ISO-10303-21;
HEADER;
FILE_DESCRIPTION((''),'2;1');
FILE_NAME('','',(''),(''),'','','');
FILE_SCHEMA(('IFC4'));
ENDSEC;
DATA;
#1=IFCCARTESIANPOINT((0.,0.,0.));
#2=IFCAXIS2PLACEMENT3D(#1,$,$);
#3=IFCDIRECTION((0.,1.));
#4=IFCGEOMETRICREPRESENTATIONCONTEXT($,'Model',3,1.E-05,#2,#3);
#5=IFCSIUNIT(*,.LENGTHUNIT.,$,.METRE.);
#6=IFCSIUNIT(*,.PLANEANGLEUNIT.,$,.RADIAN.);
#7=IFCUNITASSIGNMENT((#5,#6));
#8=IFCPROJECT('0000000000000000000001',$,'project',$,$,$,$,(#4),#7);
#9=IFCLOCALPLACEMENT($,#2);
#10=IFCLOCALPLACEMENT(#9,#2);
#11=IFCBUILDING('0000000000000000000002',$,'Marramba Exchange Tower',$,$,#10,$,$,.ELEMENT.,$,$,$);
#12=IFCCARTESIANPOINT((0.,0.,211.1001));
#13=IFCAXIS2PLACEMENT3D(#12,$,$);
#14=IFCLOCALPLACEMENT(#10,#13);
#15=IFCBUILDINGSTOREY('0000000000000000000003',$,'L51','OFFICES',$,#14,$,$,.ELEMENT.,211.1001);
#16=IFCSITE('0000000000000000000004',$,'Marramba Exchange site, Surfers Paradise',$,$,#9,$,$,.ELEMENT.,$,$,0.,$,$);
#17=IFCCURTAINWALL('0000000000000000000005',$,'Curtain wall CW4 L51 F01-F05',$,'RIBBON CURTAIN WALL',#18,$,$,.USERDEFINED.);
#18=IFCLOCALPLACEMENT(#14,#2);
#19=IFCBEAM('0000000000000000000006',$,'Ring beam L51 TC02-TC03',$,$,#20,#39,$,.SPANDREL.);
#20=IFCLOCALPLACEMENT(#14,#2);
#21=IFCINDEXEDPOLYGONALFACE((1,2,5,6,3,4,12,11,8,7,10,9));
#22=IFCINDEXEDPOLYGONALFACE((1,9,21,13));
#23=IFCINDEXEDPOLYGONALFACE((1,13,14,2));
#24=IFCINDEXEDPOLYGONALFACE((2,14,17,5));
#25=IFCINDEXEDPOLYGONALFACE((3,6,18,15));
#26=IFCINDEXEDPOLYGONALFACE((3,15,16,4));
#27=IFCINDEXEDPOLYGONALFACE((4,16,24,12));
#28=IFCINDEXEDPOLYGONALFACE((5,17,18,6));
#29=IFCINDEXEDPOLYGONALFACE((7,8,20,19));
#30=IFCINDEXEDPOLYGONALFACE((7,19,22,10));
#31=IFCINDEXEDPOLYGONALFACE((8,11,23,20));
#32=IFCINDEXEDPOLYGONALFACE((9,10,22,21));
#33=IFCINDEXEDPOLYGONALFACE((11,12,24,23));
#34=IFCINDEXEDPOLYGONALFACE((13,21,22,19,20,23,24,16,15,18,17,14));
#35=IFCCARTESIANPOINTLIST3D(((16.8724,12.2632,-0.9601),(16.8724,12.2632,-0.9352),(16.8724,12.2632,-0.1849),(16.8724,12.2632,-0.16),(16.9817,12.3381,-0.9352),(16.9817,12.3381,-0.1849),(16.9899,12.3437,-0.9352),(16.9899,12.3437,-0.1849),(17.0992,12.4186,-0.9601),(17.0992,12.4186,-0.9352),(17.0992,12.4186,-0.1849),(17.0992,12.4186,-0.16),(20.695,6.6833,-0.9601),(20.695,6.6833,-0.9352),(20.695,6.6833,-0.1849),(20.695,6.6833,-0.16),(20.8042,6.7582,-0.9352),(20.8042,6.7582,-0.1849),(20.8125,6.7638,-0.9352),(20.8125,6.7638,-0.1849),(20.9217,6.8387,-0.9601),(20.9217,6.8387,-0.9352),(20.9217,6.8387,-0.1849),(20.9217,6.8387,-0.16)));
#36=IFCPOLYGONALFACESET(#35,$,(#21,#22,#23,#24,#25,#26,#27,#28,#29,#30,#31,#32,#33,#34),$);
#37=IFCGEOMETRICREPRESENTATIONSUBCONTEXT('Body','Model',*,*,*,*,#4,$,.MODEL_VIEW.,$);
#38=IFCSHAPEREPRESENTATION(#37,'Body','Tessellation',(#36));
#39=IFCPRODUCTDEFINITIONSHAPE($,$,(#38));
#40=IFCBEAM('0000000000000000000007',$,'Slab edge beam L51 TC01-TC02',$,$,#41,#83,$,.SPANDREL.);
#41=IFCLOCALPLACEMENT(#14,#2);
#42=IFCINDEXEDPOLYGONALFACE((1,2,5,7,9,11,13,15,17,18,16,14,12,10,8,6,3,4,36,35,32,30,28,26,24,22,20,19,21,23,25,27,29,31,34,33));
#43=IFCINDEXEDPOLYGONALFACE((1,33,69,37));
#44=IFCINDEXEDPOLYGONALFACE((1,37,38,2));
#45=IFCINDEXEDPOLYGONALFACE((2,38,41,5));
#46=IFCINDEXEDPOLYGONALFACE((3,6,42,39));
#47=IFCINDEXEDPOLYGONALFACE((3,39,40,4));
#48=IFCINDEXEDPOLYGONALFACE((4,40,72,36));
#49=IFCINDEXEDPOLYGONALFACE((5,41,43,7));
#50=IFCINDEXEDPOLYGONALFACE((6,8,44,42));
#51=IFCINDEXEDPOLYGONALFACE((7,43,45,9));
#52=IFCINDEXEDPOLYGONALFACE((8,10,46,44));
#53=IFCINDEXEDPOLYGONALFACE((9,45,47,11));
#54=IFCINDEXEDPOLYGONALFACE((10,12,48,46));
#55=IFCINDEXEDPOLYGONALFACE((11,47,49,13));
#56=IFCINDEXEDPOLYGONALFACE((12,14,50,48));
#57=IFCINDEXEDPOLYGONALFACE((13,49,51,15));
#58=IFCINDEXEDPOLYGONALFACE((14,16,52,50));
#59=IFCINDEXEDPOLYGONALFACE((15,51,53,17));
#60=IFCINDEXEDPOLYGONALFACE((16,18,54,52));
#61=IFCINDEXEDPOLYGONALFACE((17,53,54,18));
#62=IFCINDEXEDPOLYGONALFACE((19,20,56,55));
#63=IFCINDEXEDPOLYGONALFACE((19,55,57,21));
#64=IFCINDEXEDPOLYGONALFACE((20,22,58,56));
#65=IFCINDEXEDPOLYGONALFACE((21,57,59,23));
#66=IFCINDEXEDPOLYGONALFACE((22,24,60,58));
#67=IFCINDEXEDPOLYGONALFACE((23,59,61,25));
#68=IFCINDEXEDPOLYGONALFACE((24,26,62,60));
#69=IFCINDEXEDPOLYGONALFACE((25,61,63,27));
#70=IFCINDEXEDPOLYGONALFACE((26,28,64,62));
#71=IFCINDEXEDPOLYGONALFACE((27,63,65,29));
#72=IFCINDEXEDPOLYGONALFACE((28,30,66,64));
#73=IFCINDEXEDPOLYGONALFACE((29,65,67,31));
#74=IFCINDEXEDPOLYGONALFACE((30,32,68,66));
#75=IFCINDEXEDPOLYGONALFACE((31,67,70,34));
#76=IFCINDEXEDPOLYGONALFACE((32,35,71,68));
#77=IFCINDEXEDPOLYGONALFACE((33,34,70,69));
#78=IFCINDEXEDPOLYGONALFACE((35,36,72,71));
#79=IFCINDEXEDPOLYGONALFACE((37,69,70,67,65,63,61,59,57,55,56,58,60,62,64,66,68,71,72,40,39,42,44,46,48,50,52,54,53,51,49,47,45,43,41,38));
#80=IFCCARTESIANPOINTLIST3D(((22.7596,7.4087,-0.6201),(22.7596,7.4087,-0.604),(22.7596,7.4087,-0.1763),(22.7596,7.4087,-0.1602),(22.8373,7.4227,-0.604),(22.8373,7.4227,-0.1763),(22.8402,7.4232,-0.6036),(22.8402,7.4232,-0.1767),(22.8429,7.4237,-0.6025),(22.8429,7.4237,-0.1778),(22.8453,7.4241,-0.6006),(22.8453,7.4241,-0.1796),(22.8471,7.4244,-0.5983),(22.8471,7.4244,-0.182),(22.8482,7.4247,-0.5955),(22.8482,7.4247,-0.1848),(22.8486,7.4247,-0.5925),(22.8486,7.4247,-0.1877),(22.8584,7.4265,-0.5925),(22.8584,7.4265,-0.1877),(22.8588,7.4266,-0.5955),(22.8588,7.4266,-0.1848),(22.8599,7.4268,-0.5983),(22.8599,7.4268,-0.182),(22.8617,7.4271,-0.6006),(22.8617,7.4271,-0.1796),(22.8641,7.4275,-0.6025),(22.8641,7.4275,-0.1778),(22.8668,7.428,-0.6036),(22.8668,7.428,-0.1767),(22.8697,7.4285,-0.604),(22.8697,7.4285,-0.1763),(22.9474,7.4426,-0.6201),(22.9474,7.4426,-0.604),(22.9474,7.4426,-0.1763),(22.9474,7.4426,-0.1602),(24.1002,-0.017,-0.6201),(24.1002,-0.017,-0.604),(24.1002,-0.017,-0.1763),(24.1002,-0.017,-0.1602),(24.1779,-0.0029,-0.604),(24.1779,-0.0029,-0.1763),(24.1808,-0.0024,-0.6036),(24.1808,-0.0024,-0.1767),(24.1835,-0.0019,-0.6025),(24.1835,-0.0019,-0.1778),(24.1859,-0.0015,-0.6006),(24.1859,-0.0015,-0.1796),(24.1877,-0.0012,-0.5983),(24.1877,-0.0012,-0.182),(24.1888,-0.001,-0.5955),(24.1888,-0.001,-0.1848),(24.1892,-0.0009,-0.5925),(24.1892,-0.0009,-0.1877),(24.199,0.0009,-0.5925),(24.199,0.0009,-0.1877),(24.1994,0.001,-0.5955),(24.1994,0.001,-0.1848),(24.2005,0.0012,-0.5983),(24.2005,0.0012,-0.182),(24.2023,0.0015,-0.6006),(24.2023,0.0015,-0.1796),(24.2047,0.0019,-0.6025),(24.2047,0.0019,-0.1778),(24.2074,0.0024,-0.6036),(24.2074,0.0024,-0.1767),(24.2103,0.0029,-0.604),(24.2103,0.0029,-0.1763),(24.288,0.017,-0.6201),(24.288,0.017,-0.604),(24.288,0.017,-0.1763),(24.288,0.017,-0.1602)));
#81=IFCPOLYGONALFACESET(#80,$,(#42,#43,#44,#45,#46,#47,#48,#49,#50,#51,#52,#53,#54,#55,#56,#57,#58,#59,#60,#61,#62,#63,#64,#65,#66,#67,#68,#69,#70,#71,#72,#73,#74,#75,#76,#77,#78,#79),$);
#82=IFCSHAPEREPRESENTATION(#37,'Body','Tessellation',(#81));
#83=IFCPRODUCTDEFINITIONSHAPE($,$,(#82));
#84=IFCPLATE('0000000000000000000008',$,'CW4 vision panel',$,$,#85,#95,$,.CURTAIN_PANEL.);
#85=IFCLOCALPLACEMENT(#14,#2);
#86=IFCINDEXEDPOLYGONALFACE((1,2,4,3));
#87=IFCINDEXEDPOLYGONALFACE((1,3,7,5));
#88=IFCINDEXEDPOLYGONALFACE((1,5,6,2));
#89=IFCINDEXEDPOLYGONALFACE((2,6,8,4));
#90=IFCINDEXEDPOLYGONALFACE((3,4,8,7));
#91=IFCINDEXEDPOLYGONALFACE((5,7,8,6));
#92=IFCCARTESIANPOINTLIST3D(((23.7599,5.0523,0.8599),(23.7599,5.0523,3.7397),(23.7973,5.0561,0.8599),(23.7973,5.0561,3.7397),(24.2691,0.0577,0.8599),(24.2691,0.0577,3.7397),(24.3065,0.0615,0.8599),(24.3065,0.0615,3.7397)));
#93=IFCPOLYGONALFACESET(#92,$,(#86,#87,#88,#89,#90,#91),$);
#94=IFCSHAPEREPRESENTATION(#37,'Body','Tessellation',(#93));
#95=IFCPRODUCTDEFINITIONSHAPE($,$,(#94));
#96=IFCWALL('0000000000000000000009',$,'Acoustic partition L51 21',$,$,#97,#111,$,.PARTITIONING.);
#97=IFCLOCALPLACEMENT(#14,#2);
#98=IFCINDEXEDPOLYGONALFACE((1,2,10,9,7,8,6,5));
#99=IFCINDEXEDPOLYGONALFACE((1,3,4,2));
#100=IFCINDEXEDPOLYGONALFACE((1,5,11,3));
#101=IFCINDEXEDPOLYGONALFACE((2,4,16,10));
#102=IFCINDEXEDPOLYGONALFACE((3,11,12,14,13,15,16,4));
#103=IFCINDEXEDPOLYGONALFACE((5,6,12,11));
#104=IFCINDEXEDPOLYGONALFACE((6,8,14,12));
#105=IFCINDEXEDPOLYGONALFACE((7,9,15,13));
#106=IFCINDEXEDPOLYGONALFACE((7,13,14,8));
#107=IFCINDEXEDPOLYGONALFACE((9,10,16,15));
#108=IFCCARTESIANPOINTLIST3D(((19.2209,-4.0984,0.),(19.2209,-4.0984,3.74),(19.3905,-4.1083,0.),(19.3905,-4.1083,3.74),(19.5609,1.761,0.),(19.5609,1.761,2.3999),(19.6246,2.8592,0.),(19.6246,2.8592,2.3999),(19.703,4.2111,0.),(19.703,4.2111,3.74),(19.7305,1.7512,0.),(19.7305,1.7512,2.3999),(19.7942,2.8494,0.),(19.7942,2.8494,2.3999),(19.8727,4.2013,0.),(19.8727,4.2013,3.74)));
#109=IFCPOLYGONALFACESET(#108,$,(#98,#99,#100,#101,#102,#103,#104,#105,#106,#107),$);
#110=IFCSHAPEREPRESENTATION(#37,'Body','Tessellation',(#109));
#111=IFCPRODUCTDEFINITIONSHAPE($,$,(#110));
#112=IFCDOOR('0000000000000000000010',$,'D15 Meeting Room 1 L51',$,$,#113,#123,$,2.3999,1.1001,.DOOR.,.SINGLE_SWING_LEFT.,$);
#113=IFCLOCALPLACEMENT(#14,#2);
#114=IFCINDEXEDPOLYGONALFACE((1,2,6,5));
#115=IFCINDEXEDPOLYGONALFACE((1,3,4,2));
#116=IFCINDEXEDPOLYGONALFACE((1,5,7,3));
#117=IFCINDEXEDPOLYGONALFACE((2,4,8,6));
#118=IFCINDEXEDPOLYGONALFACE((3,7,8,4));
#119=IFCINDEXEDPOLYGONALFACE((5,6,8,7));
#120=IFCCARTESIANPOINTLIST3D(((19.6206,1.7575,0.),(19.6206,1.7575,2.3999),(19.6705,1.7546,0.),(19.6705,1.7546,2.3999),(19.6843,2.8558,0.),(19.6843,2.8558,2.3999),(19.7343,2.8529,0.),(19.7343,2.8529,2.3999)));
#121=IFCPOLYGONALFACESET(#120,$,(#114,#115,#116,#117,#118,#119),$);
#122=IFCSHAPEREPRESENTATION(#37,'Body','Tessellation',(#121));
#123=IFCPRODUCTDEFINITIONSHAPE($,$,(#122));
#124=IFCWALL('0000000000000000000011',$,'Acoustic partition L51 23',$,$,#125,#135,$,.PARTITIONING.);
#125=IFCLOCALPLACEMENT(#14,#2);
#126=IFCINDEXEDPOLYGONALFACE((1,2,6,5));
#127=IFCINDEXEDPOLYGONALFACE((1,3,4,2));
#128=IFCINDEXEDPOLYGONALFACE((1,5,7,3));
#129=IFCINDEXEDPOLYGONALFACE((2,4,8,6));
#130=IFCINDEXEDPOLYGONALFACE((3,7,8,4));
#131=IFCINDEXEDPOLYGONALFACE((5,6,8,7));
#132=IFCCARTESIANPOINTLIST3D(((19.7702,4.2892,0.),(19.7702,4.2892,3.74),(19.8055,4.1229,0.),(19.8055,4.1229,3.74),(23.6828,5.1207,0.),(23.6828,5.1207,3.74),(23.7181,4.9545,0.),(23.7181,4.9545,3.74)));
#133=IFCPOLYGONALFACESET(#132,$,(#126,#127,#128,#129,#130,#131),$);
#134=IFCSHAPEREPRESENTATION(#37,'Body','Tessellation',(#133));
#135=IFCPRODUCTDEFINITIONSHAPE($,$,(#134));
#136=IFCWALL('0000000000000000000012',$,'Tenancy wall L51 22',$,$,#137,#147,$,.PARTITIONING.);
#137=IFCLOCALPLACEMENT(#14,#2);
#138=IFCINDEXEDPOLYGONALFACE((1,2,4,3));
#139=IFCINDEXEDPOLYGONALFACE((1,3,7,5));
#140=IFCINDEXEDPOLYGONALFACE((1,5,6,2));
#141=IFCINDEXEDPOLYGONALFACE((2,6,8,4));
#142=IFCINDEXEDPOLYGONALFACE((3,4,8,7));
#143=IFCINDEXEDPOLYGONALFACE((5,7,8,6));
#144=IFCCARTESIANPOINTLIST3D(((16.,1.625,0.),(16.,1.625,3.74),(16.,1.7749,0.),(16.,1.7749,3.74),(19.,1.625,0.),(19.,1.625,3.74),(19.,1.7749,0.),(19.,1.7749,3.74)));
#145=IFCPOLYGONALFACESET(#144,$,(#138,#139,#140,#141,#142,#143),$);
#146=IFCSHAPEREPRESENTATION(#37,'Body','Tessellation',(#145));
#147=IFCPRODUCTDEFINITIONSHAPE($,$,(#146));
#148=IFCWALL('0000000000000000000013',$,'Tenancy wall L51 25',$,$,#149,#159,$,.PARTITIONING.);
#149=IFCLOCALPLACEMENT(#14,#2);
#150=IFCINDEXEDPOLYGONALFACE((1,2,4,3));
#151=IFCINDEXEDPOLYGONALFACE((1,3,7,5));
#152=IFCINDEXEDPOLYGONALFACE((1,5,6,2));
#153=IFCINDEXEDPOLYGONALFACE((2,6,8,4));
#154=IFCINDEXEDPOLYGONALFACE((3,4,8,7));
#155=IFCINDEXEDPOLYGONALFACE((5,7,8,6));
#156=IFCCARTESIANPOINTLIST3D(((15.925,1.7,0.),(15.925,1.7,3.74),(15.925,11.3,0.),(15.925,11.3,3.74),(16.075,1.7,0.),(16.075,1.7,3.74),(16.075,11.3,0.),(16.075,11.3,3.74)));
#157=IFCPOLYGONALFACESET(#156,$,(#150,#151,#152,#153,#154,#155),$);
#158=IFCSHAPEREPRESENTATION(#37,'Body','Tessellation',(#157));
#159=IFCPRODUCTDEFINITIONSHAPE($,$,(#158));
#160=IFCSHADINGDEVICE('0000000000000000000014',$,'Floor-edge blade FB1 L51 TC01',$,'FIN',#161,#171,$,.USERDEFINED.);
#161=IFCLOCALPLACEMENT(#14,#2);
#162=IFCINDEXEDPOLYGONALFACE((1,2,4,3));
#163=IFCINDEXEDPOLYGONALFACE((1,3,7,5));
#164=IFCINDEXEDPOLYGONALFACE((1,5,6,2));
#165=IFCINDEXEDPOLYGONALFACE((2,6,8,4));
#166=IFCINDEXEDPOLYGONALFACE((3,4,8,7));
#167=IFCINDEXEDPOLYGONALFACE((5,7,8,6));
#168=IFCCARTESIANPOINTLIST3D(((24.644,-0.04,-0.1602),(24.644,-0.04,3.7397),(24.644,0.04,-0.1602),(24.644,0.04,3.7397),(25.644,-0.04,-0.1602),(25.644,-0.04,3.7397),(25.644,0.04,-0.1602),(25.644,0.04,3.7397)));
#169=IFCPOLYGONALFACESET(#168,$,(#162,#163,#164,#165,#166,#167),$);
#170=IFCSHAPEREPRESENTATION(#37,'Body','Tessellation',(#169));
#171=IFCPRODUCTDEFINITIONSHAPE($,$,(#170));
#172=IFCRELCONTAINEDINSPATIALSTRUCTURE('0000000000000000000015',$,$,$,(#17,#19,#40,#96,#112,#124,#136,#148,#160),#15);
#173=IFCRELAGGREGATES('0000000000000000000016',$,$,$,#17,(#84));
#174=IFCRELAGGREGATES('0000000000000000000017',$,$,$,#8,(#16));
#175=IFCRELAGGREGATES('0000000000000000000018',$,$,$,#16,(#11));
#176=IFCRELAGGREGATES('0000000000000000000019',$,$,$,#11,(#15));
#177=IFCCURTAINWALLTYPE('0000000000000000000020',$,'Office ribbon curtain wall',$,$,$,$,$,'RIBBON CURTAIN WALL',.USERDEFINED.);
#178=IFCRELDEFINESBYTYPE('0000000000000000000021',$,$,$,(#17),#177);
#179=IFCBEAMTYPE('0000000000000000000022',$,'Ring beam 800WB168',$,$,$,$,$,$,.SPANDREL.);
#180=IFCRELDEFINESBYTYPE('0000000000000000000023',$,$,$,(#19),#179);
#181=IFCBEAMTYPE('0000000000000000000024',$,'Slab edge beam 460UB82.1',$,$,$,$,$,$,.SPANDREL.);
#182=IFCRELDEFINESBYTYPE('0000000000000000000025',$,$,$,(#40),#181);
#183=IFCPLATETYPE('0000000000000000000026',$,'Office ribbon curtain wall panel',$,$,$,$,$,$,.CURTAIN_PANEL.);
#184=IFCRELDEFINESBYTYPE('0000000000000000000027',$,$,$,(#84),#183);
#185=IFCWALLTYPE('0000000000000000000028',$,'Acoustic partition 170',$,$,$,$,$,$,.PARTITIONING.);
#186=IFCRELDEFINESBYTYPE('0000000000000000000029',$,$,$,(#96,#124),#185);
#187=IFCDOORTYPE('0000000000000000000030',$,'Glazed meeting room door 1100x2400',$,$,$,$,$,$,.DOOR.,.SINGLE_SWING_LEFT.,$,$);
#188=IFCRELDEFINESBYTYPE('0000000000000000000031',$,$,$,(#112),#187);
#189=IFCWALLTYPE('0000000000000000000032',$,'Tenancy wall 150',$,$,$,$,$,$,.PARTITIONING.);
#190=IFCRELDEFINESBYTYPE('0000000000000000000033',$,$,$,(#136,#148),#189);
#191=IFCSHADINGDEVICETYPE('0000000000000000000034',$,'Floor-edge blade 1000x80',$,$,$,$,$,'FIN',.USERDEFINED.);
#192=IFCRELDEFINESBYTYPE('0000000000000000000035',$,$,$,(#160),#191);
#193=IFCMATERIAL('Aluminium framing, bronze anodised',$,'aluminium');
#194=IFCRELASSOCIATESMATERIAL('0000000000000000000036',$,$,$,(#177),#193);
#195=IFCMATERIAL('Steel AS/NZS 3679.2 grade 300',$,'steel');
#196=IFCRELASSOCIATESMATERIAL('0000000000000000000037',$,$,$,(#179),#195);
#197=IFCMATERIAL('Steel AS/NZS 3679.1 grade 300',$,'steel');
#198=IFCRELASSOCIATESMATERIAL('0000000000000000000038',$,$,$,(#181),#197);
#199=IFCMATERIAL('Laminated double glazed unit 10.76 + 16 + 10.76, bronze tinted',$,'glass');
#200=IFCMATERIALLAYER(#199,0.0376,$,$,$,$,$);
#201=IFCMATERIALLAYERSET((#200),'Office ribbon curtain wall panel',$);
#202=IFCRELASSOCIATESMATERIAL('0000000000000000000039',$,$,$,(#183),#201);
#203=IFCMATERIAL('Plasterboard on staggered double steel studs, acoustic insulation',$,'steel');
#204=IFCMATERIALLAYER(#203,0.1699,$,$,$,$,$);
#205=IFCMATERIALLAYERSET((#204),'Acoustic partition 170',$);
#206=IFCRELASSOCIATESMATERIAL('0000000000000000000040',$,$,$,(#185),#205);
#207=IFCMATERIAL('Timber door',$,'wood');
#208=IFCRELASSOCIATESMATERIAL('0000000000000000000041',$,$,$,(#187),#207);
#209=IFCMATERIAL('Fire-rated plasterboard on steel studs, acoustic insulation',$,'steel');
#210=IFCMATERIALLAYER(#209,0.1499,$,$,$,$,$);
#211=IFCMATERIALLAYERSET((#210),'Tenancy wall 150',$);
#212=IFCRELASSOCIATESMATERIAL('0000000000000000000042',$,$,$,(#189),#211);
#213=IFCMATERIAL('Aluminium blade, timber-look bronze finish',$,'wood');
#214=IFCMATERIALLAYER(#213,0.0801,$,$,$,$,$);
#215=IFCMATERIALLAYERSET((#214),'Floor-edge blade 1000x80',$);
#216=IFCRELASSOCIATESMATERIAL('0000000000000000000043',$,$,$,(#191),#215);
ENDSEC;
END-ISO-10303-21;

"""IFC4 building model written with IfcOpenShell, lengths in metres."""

from ifc_helpers import new_model, si_unit, direction, frame, frame_2d, origin, origin_2d, place, context, subcontext, project, spatial, rectangle, i_section, extrude, material, layer, layer_set, material_profile, profile_set, type_object, element, fill, aggregate, save


model = new_model("IFC4")

# Units and contexts
model_context = context("Model", 3, precision=1e-05, world=origin(), true_north=direction((0.0, 1.0)))
body_context = subcontext(model_context, "Body", "Model", "MODEL_VIEW")
ifc_project = project(units=[si_unit("LENGTHUNIT", "METRE"), si_unit("PLANEANGLEUNIT", "RADIAN")], contexts=[model_context])

# Site, building, storey
site_placement = place(None, origin())
site = spatial("IfcSite", under=ifc_project, at=site_placement, Name="Marramba Exchange site, Surfers Paradise", CompositionType="ELEMENT", RefElevation=0.0)
building_placement = place(site_placement, origin())
building = spatial("IfcBuilding", under=site, at=building_placement, Name="Marramba Exchange Tower", CompositionType="ELEMENT")
storey_placement = place(building_placement, frame((0.0, 0.0, 211.1001)))
storey = spatial("IfcBuildingStorey", under=building, at=storey_placement, Name="L51", Description="OFFICES", CompositionType="ELEMENT", Elevation=211.1001)

# Shared definitions
ifc_material_1 = material(Name="Steel AS/NZS 3679.2 grade 300", Category="steel")
ifc_material_2 = material(Name="Steel AS/NZS 3679.1 grade 300", Category="steel")

# Curtain wall
ifc_material_3 = material(Name="Aluminium framing, bronze anodised", Category="aluminium")
curtain_wall_type = type_object("IfcCurtainWallType", Name="Office ribbon curtain wall", ElementType="RIBBON CURTAIN WALL", PredefinedType="USERDEFINED", material=ifc_material_3)
curtain_wall_placement = place(storey_placement, origin())
curtain_wall = element("IfcCurtainWall", 1, at=curtain_wall_placement, inside=storey, type_object=curtain_wall_type, Name="Curtain wall CW4 L51 F01-F05", ObjectType="RIBBON CURTAIN WALL", PredefinedType="USERDEFINED")

# Beams
ifc_material_profile_1 = material_profile(ifc_material_1, i_section(OverallWidth=0.2749, OverallDepth=0.8, WebThickness=0.01, FlangeThickness=0.0249, at=origin_2d()), Name="800WB168")
ifc_profile_set_1 = profile_set([ifc_material_profile_1], Name="Steel AS/NZS 3679.2 grade 300")
beam_type_1 = type_object("IfcBeamType", Name="Ring beam 800WB168", PredefinedType="SPANDREL", material=ifc_profile_set_1)
beam_1_placement = place(storey_placement, frame((20.8083, 6.761, -0.5601), z_axis=(-0.56516, 0.824981, 0.0), x_axis=(-0.824981, -0.56516, 0.0)))
element("IfcBeam", 2, at=beam_1_placement, inside=storey, type_object=beam_type_1, Name="Ring beam L51 TC02-TC03", PredefinedType="SPANDREL", context=body_context, shape_type="SweptSolid", body=[
    extrude(i_section(OverallWidth=0.2749, OverallDepth=0.8, WebThickness=0.01, FlangeThickness=0.0249, at=origin_2d()), origin(), (0.0, 0.0, 1.0), 6.7637),
])
ifc_material_profile_2 = material_profile(ifc_material_2, i_section(OverallWidth=0.1909, OverallDepth=0.46, WebThickness=0.01, FlangeThickness=0.0161, FilletRadius=0.0115, at=origin_2d()), Name="460UB82.1")
ifc_profile_set_2 = profile_set([ifc_material_profile_2], Name="Steel AS/NZS 3679.1 grade 300")
beam_type_2 = type_object("IfcBeamType", Name="Slab edge beam 460UB82.1", PredefinedType="SPANDREL", material=ifc_profile_set_2)
beam_2_placement = place(storey_placement, frame((24.1941, 0.0, -0.3901), z_axis=(-0.177664, 0.984091, 0.0), x_axis=(-0.984091, -0.177664, 0.0)))
element("IfcBeam", 3, at=beam_2_placement, inside=storey, type_object=beam_type_2, Name="Slab edge beam L51 TC01-TC02", PredefinedType="SPANDREL", context=body_context, shape_type="SweptSolid", body=[
    extrude(i_section(OverallWidth=0.1909, OverallDepth=0.46, WebThickness=0.01, FlangeThickness=0.0161, FilletRadius=0.0115, at=origin_2d()), origin(), (0.0, 0.0, 1.0), 7.5457),
])

# Plate
ifc_material_4 = material(Name="Laminated double glazed unit 10.76 + 16 + 10.76, bronze tinted", Category="glass")
ifc_layer_1 = layer(ifc_material_4, 0.0376)
ifc_layer_set_1 = layer_set([ifc_layer_1], Name="Office ribbon curtain wall panel")
plate_type = type_object("IfcPlateType", Name="Office ribbon curtain wall panel", PredefinedType="CURTAIN_PANEL", material=ifc_layer_set_1)
plate_placement = place(storey_placement, frame((24.0332, 2.5569, 0.8599), z_axis=(0.0, 0.0, 1.0), x_axis=(-0.101422, 0.994843, 0.0)))
plate = element("IfcPlate", 4, at=plate_placement, type_object=plate_type, Name="CW4 vision panel", PredefinedType="CURTAIN_PANEL", context=body_context, shape_type="SweptSolid", body=[
    extrude(rectangle(XDim=5.0205, YDim=0.0376, at=origin_2d()), origin(), (0.0, 0.0, 1.0), 2.8799),
])
aggregate(curtain_wall, [plate])

# Wall, opening, door
ifc_material_5 = material(Name="Plasterboard on staggered double steel studs, acoustic insulation", Category="steel")
ifc_layer_2 = layer(ifc_material_5, 0.1699)
ifc_layer_set_2 = layer_set([ifc_layer_2], Name="Acoustic partition 170")
wall_type_1 = type_object("IfcWallType", Name="Acoustic partition 170", PredefinedType="PARTITIONING", material=ifc_layer_set_2)
wall_1_placement = place(storey_placement, frame((19.7878, 4.2061, 0.0), z_axis=(0.0, 0.0, 1.0), x_axis=(-0.057929, -0.998321, 0.0)))
wall_1 = element("IfcWall", 5, at=wall_1_placement, inside=storey, type_object=wall_type_1, Name="Acoustic partition L51 21", PredefinedType="PARTITIONING", context=body_context, shape_type="SweptSolid", body=[
    extrude(rectangle(XDim=8.3235, YDim=0.1699, at=frame_2d((4.1616, 0.0))), origin(), (0.0, 0.0, 1.0), 3.74),
])
opening_placement = place(wall_1_placement, frame((1.354, 0.0, 0.0)))
opening = element("IfcOpeningElement", 6, at=opening_placement, cuts=wall_1, PredefinedType="OPENING", context=body_context, shape_type="SweptSolid", body=[
    extrude(rectangle(XDim=1.1001, YDim=2.3999, at=frame_2d((0.55, 1.2))), frame((0.0, 0.095, 0.0), z_axis=(0.0, -1.0, 0.0), x_axis=(1.0, 0.0, 0.0)), (0.0, 0.0, 1.0), 0.1899),
])
ifc_material_6 = material(Name="Timber door", Category="wood")
door_type = type_object("IfcDoorType", Name="Glazed meeting room door 1100x2400", OperationType="SINGLE_SWING_LEFT", PredefinedType="DOOR", material=ifc_material_6)
door_placement = place(opening_placement, origin())
door = element("IfcDoor", 7, at=door_placement, inside=storey, type_object=door_type, Name="D15 Meeting Room 1 L51", OperationType="SINGLE_SWING_LEFT", OverallHeight=2.3999, OverallWidth=1.1001, PredefinedType="DOOR", context=body_context, shape_type="SweptSolid", body=[
    extrude(rectangle(XDim=1.1001, YDim=2.3999, at=frame_2d((0.55, 1.2))), frame((0.0, 0.0249, 0.0), z_axis=(0.0, -1.0, 0.0), x_axis=(1.0, 0.0, 0.0)), (0.0, 0.0, 1.0), 0.05),
])
fill(opening, door)

# Walls
wall_2_placement = place(storey_placement, frame((23.7004, 5.0376, 0.0), z_axis=(0.0, 0.0, 1.0), x_axis=(-0.978153, -0.207886, 0.0)))
element("IfcWall", 8, at=wall_2_placement, inside=storey, type_object=wall_type_1, Name="Acoustic partition L51 23", PredefinedType="PARTITIONING", context=body_context, shape_type="SweptSolid", body=[
    extrude(rectangle(XDim=4.0, YDim=0.1699, at=frame_2d((2.0, 0.0))), origin(), (0.0, 0.0, 1.0), 3.74),
])
ifc_material_7 = material(Name="Fire-rated plasterboard on steel studs, acoustic insulation", Category="steel")
ifc_layer_3 = layer(ifc_material_7, 0.1499)
ifc_layer_set_3 = layer_set([ifc_layer_3], Name="Tenancy wall 150")
wall_type_2 = type_object("IfcWallType", Name="Tenancy wall 150", PredefinedType="PARTITIONING", material=ifc_layer_set_3)
wall_3_placement = place(storey_placement, frame((19.0, 1.7, 0.0), z_axis=(0.0, 0.0, 1.0), x_axis=(-1.0, 0.0, 0.0)))
element("IfcWall", 9, at=wall_3_placement, inside=storey, type_object=wall_type_2, Name="Tenancy wall L51 22", PredefinedType="PARTITIONING", context=body_context, shape_type="SweptSolid", body=[
    extrude(rectangle(XDim=3.0, YDim=0.1499, at=frame_2d((1.5, 0.0))), origin(), (0.0, 0.0, 1.0), 3.74),
])
wall_4_placement = place(storey_placement, frame((16.0, 1.7, 0.0), z_axis=(0.0, 0.0, 1.0), x_axis=(0.0, 1.0, 0.0)))
element("IfcWall", 10, at=wall_4_placement, inside=storey, type_object=wall_type_2, Name="Tenancy wall L51 25", PredefinedType="PARTITIONING", context=body_context, shape_type="SweptSolid", body=[
    extrude(rectangle(XDim=9.6001, YDim=0.1499, at=frame_2d((4.8, 0.0))), origin(), (0.0, 0.0, 1.0), 3.74),
])

# Shading device
ifc_material_8 = material(Name="Aluminium blade, timber-look bronze finish", Category="wood")
ifc_layer_4 = layer(ifc_material_8, 0.0801)
ifc_layer_set_4 = layer_set([ifc_layer_4], Name="Floor-edge blade 1000x80")
shading_device_type_1 = type_object("IfcShadingDeviceType", Name="Floor-edge blade 1000x80", ElementType="FIN", PredefinedType="USERDEFINED", material=ifc_layer_set_4)
shading_device_1_placement = place(storey_placement, frame((25.144, 0.0, -0.1602), z_axis=(0.0, 0.0, 1.0), x_axis=(1.0, 0.0, 0.0)))
element("IfcShadingDevice", 11, at=shading_device_1_placement, inside=storey, type_object=shading_device_type_1, Name="Floor-edge blade FB1 L51 TC01", ObjectType="FIN", PredefinedType="USERDEFINED", context=body_context, shape_type="SweptSolid", body=[
    extrude(rectangle(XDim=1.0, YDim=0.0801, at=origin_2d()), origin(), (0.0, 0.0, 1.0), 3.8999),
])

save(model, "model.ifc")
